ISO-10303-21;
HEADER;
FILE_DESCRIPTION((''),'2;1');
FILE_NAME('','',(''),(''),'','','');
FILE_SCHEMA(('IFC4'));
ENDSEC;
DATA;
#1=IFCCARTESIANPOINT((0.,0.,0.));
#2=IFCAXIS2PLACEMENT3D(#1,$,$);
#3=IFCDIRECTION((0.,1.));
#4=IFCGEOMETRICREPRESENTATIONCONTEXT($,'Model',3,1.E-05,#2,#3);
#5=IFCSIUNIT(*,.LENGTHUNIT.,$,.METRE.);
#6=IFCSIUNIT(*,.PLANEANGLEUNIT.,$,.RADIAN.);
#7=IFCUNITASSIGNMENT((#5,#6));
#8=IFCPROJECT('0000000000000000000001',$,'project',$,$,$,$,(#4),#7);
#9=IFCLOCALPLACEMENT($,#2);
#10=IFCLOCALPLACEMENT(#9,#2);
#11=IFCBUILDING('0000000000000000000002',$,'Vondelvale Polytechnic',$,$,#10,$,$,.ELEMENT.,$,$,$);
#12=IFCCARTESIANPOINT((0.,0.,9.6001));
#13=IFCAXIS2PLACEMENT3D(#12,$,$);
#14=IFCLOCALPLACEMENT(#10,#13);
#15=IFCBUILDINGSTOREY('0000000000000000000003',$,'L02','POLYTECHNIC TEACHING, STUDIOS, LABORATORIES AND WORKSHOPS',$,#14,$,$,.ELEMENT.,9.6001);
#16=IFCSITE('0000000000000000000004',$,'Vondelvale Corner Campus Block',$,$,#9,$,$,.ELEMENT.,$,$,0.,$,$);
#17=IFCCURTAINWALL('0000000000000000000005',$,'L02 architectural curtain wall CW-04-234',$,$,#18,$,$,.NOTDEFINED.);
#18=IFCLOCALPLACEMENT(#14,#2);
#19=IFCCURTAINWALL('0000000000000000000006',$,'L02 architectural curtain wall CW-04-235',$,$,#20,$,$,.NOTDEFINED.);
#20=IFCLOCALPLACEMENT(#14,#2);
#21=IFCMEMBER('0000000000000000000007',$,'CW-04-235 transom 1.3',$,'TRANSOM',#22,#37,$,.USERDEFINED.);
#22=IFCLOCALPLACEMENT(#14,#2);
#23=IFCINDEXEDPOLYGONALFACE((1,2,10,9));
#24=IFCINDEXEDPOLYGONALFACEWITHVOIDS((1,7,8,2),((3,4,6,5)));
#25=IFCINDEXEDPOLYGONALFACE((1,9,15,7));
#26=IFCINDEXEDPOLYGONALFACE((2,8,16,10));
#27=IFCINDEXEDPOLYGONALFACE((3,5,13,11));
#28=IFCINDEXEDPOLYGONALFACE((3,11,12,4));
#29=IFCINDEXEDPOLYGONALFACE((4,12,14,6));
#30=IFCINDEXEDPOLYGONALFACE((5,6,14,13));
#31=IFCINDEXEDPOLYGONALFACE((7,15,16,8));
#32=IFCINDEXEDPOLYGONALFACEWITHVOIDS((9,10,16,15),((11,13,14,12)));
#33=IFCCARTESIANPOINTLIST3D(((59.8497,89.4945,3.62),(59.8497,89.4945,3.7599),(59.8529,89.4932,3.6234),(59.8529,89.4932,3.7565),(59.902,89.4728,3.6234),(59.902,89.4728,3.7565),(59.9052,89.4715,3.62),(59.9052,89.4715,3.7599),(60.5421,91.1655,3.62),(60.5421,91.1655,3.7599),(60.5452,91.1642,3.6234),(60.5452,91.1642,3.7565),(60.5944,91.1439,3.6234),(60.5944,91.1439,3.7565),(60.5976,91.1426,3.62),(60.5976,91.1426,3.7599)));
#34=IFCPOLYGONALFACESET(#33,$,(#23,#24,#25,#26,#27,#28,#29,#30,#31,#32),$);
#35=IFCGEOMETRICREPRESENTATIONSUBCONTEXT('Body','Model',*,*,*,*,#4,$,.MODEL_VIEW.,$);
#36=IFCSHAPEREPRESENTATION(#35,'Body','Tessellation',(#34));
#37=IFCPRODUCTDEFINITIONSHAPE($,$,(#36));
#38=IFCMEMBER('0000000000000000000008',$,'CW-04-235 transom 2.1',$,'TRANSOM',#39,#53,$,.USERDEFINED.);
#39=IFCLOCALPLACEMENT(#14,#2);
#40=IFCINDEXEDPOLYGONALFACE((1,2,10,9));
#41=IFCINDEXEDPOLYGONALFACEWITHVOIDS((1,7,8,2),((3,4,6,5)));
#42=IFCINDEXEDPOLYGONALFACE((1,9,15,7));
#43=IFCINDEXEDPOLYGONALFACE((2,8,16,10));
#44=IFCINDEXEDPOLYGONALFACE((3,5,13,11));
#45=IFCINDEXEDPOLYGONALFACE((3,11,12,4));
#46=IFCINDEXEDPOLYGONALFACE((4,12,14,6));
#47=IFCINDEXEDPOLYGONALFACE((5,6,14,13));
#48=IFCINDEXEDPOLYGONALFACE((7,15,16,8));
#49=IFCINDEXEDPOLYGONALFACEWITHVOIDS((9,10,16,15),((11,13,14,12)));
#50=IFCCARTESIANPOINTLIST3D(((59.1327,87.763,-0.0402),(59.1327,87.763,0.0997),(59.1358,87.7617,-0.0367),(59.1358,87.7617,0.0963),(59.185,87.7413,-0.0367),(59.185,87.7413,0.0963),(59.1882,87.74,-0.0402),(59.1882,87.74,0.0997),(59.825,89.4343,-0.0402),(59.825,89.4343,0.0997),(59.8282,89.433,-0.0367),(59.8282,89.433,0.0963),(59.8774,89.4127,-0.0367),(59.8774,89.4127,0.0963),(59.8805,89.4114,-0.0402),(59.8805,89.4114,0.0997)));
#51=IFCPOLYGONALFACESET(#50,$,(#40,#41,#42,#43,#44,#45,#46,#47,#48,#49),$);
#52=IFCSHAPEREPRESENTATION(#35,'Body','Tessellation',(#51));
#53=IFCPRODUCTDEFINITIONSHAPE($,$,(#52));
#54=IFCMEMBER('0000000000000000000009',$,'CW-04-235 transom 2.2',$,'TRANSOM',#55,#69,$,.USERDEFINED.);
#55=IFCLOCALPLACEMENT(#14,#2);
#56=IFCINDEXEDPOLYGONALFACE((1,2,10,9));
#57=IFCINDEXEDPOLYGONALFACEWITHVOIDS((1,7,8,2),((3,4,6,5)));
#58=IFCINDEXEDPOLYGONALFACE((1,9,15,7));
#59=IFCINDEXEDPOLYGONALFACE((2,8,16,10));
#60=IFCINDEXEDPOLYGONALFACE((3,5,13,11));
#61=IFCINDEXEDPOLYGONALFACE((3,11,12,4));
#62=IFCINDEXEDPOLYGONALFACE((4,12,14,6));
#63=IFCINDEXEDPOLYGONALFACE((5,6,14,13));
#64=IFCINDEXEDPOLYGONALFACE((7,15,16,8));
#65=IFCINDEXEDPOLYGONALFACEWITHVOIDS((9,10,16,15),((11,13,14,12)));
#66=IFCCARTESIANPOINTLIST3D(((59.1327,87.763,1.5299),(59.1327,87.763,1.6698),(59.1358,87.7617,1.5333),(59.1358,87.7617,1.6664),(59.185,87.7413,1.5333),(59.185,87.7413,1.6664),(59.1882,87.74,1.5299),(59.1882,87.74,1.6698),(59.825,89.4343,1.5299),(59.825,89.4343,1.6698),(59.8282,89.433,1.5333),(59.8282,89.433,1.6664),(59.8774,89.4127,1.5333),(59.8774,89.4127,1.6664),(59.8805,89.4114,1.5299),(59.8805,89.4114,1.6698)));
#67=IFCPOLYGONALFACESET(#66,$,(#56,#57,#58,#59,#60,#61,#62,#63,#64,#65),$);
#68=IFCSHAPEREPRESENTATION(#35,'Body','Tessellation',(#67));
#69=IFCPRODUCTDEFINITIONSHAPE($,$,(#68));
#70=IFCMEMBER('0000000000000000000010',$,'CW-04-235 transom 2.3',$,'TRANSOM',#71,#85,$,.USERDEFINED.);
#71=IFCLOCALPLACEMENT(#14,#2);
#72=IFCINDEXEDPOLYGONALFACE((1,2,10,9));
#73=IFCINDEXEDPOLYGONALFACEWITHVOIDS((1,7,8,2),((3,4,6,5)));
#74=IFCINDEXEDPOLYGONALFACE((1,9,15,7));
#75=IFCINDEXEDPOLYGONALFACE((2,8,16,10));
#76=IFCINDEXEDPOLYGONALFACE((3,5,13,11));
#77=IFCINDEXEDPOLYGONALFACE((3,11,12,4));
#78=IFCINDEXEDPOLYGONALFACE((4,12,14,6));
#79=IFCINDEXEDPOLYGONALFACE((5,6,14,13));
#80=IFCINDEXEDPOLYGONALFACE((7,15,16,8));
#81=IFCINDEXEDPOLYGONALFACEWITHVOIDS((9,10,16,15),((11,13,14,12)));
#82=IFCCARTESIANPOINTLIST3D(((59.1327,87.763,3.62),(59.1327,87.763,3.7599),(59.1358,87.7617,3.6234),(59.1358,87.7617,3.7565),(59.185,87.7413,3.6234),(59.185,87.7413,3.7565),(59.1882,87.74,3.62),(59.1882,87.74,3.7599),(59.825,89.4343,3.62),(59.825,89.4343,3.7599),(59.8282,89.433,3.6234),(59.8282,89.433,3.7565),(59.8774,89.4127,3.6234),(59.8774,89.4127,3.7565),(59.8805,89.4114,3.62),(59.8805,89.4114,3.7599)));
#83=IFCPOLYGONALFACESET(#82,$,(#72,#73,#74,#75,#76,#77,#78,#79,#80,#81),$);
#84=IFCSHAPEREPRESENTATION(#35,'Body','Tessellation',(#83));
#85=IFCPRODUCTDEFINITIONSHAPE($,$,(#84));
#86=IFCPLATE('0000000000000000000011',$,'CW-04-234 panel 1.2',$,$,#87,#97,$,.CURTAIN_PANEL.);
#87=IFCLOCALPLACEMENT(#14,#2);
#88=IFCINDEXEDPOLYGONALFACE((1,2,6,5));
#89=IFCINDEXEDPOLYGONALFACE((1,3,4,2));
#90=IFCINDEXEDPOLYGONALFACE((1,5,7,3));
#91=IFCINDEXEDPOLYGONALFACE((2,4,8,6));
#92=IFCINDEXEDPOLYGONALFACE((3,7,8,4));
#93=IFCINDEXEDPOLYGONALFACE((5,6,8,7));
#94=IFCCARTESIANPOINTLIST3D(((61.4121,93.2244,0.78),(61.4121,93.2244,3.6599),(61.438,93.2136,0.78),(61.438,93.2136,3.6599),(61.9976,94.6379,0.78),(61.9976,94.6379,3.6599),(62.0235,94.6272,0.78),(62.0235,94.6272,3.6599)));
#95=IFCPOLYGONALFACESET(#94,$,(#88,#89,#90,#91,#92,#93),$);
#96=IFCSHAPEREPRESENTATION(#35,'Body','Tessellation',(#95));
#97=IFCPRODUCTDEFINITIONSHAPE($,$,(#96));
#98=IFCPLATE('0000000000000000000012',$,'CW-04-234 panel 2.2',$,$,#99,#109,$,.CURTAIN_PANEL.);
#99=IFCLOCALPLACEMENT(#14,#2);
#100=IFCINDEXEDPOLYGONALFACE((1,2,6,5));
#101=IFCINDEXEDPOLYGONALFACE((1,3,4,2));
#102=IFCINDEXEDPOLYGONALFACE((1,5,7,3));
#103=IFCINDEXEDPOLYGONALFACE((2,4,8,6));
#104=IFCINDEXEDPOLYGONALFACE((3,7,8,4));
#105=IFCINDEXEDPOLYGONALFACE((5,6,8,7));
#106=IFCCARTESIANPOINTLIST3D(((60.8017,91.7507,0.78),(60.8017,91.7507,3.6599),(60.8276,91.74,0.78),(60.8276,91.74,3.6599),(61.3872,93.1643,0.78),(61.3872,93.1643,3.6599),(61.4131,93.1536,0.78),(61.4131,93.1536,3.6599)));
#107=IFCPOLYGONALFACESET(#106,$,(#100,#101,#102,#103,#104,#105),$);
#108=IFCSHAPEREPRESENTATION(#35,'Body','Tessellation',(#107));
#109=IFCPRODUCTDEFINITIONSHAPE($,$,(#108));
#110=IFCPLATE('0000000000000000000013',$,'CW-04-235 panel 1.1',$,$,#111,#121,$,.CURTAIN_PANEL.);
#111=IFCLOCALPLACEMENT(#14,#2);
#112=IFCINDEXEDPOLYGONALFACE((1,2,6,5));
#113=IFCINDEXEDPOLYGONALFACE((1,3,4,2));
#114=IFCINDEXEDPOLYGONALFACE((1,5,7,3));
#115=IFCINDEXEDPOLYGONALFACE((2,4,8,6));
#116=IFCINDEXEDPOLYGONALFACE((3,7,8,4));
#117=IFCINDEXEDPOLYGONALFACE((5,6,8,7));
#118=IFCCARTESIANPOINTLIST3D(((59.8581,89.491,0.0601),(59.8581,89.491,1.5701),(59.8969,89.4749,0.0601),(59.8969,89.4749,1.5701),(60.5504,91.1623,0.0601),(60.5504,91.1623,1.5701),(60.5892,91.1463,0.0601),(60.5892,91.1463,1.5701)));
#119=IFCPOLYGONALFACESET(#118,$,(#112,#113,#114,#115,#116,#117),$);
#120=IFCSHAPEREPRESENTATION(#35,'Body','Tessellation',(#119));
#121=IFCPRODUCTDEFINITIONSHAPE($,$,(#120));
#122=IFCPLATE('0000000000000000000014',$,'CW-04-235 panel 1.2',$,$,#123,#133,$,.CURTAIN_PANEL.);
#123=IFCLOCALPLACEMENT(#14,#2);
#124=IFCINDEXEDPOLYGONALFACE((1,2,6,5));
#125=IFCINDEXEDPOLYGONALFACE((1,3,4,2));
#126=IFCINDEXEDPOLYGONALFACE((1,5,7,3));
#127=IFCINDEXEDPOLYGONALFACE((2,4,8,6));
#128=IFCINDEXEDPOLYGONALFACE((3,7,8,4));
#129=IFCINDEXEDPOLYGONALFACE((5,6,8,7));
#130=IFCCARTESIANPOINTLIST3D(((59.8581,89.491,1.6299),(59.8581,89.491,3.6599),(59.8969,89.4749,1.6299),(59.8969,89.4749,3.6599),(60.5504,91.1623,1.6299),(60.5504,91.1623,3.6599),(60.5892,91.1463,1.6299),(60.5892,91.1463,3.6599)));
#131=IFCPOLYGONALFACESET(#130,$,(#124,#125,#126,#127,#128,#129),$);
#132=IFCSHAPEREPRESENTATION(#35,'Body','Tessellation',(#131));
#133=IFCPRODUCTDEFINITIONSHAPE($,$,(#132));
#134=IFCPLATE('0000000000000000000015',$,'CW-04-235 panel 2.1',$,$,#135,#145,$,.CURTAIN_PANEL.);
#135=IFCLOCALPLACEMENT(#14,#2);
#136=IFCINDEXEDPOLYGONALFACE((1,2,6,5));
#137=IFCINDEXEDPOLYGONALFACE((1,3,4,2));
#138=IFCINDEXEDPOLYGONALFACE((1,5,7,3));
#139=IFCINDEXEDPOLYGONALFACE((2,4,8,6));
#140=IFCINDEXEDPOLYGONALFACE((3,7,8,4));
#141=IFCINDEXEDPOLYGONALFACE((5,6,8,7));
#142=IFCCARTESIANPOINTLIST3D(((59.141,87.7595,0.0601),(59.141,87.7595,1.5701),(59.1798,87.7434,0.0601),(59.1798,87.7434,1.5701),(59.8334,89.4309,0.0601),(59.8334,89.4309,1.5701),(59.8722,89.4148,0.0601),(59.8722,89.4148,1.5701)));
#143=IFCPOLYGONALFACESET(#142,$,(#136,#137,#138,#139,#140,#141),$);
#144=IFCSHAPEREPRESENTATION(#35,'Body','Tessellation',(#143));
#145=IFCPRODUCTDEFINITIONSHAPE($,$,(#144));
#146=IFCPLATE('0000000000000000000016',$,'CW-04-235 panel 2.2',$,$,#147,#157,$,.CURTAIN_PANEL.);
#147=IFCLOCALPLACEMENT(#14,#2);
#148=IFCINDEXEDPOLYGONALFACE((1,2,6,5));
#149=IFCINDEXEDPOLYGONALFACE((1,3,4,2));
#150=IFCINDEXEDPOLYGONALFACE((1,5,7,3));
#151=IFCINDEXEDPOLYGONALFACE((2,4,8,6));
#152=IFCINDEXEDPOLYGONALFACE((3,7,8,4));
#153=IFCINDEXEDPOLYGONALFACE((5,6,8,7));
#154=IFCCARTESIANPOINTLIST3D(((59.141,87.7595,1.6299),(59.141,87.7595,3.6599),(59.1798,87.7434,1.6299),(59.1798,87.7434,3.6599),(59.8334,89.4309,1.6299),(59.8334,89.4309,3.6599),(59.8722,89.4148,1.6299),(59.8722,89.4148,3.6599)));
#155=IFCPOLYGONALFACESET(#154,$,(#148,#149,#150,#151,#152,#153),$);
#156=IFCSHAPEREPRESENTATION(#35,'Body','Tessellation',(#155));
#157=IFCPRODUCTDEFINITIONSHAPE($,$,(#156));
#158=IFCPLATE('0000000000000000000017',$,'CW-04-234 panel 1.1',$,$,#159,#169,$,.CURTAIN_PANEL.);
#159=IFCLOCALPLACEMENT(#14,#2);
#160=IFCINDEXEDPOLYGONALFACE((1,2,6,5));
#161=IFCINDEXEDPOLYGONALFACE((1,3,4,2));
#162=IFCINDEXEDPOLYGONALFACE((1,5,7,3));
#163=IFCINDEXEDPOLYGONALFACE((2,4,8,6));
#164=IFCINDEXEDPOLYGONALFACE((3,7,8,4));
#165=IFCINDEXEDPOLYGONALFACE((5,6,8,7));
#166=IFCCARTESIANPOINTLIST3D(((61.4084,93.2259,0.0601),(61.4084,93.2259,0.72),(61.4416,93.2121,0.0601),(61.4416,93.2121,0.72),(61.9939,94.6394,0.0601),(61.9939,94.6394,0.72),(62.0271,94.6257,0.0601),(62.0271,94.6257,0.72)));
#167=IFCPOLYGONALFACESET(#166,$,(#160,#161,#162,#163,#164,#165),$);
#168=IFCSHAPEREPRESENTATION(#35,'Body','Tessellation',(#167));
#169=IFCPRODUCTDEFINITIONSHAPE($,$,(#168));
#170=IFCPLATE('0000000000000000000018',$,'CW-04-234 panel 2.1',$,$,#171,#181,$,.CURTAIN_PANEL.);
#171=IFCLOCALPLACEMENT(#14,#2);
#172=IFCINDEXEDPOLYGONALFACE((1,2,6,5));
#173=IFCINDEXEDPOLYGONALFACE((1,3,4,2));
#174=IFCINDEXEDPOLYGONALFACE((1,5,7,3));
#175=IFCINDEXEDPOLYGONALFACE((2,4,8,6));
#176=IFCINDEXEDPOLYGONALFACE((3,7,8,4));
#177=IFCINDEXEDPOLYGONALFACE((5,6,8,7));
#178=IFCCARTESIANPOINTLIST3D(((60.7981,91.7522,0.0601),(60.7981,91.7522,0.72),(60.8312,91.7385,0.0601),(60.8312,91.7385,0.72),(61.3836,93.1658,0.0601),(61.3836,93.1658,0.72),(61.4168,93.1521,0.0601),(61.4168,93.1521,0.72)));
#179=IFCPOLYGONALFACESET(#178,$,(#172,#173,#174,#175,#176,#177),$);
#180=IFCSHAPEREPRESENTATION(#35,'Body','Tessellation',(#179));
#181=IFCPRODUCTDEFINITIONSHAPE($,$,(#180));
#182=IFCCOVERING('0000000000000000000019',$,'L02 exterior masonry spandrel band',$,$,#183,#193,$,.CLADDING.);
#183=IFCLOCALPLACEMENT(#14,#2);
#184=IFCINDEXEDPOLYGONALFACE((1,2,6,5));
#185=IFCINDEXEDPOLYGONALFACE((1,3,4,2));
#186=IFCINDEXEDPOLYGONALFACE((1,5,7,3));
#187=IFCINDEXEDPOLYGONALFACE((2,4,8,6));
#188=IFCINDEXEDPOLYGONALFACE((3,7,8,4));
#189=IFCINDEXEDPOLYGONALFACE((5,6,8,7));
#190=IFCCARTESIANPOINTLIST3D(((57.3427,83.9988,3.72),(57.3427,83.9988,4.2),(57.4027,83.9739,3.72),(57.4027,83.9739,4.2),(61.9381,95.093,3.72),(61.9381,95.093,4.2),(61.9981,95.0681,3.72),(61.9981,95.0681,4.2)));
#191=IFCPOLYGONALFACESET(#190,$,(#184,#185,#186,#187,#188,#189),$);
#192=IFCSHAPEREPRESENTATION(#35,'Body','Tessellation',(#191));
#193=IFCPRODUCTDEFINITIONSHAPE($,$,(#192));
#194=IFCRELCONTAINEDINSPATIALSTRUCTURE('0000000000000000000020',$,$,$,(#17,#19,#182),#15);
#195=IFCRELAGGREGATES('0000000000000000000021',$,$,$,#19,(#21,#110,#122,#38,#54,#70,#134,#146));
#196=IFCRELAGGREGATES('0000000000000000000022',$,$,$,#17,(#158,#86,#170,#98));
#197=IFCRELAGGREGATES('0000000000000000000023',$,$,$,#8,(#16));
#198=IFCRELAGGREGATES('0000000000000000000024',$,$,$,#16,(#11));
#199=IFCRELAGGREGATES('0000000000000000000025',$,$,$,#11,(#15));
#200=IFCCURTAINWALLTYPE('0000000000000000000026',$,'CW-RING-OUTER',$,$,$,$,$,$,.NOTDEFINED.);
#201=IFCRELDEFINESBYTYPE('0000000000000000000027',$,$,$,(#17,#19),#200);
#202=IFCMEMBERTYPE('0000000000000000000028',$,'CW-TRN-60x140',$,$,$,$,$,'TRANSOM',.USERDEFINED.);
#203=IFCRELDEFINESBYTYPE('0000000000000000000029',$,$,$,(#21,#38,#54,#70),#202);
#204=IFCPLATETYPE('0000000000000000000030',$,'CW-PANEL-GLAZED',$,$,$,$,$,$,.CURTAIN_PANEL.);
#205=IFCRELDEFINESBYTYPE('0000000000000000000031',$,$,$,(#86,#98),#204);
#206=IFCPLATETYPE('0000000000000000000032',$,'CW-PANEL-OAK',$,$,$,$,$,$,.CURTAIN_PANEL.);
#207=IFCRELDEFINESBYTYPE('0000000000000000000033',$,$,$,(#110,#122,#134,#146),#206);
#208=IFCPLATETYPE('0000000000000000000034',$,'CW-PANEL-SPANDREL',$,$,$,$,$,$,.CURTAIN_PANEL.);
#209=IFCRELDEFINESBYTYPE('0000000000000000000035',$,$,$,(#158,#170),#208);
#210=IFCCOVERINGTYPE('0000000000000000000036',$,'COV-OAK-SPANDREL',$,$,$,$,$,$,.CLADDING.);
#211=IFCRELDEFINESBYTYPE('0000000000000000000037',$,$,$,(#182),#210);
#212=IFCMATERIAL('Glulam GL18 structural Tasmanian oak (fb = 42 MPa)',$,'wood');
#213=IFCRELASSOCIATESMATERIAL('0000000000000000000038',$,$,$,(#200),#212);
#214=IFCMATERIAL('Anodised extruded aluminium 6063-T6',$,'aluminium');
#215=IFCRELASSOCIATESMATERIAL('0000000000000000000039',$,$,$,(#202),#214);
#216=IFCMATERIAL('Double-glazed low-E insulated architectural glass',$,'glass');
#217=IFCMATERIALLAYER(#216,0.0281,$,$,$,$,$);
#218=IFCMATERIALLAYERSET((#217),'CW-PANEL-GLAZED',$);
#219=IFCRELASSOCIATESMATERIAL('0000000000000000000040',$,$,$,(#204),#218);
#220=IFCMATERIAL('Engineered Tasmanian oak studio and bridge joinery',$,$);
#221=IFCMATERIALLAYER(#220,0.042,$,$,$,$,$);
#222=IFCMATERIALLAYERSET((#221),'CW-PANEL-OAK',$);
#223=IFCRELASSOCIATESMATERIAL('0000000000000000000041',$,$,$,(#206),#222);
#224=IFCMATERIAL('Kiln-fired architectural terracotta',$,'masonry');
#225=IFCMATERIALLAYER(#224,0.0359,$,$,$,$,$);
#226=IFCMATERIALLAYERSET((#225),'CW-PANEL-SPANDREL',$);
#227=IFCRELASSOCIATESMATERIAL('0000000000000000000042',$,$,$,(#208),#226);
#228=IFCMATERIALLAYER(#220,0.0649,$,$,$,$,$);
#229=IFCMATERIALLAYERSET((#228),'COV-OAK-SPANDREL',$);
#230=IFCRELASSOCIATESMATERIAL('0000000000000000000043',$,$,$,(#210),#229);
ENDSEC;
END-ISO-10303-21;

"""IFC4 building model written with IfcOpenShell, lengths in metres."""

from ifc_helpers import new_model, si_unit, direction, frame, origin, origin_2d, place, context, subcontext, project, spatial, rectangle, hollow_rectangle, extrude, material, layer, layer_set, material_profile, profile_set, type_object, element, aggregate, save


model = new_model("IFC4")

# Units and contexts
model_context = context("Model", 3, precision=1e-05, world=origin(), true_north=direction((0.0, 1.0)))
body_context = subcontext(model_context, "Body", "Model", "MODEL_VIEW")
ifc_project = project(units=[si_unit("LENGTHUNIT", "METRE"), si_unit("PLANEANGLEUNIT", "RADIAN")], contexts=[model_context])

# Site, building, storey
site_placement = place(None, origin())
site = spatial("IfcSite", under=ifc_project, at=site_placement, Name="Vondelvale Corner Campus Block", CompositionType="ELEMENT", RefElevation=0.0)
building_placement = place(site_placement, origin())
building = spatial("IfcBuilding", under=site, at=building_placement, Name="Vondelvale Polytechnic", CompositionType="ELEMENT")
storey_placement = place(building_placement, frame((0.0, 0.0, 9.6001)))
storey = spatial("IfcBuildingStorey", under=building, at=storey_placement, Name="L02", Description="POLYTECHNIC TEACHING, STUDIOS, LABORATORIES AND WORKSHOPS", CompositionType="ELEMENT", Elevation=9.6001)

# Shared definitions
ifc_material_1 = material(Name="Glulam GL18 structural Tasmanian oak (fb = 42 MPa)", Category="wood")

# Curtain walls
curtain_wall_type = type_object("IfcCurtainWallType", Name="CW-RING-OUTER", PredefinedType="NOTDEFINED", material=ifc_material_1)
curtain_wall_1_placement = place(storey_placement, origin())
curtain_wall_1 = element("IfcCurtainWall", 1, at=curtain_wall_1_placement, inside=storey, type_object=curtain_wall_type, Name="L02 architectural curtain wall CW-04-234", PredefinedType="NOTDEFINED")
ifc_material_2 = material(Name="Anodised extruded aluminium 6063-T6", Category="aluminium")
curtain_wall_2_placement = place(storey_placement, origin())
curtain_wall_2 = element("IfcCurtainWall", 2, at=curtain_wall_2_placement, inside=storey, type_object=curtain_wall_type, Name="L02 architectural curtain wall CW-04-235", PredefinedType="NOTDEFINED")

# Members
ifc_material_profile_1 = material_profile(ifc_material_2, hollow_rectangle(XDim=0.0601, YDim=0.1399, WallThickness=0.0034, at=origin_2d()), Name="CW-TRN-140x60")
ifc_profile_set_1 = profile_set([ifc_material_profile_1], Name="Anodised extruded aluminium 6063-T6")
member_type_1 = type_object("IfcMemberType", Name="CW-TRN-60x140", ElementType="TRANSOM", PredefinedType="USERDEFINED", material=ifc_profile_set_1)
member_1_placement = place(storey_placement, frame((60.5698, 91.1541, 3.6899), z_axis=(-0.382765, -0.923846, 0.0), x_axis=(0.923846, -0.382765, 0.0)))
member_1 = element("IfcMember", 3, at=member_1_placement, type_object=member_type_1, Name="CW-04-235 transom 1.3", ObjectType="TRANSOM", PredefinedType="USERDEFINED", context=body_context, shape_type="SweptSolid", body=[
    extrude(hollow_rectangle(XDim=0.0601, YDim=0.1399, WallThickness=0.0034, at=origin_2d()), origin(), (0.0, 0.0, 1.0), 1.8088),
])
member_2_placement = place(storey_placement, frame((59.8528, 89.4229, 0.0298), z_axis=(-0.382717, -0.923866, 0.0), x_axis=(0.923866, -0.382717, 0.0)))
member_2 = element("IfcMember", 4, at=member_2_placement, type_object=member_type_1, Name="CW-04-235 transom 2.1", ObjectType="TRANSOM", PredefinedType="USERDEFINED", context=body_context, shape_type="SweptSolid", body=[
    extrude(hollow_rectangle(XDim=0.0601, YDim=0.1399, WallThickness=0.0034, at=origin_2d()), origin(), (0.0, 0.0, 1.0), 1.8091),
])
member_3_placement = place(storey_placement, frame((59.8528, 89.4229, 1.5999), z_axis=(-0.382717, -0.923866, 0.0), x_axis=(0.923866, -0.382717, 0.0)))
member_3 = element("IfcMember", 5, at=member_3_placement, type_object=member_type_1, Name="CW-04-235 transom 2.2", ObjectType="TRANSOM", PredefinedType="USERDEFINED", context=body_context, shape_type="SweptSolid", body=[
    extrude(hollow_rectangle(XDim=0.0601, YDim=0.1399, WallThickness=0.0034, at=origin_2d()), origin(), (0.0, 0.0, 1.0), 1.8091),
])
member_4_placement = place(storey_placement, frame((59.8528, 89.4229, 3.6899), z_axis=(-0.382717, -0.923866, 0.0), x_axis=(0.923866, -0.382717, 0.0)))
member_4 = element("IfcMember", 6, at=member_4_placement, type_object=member_type_1, Name="CW-04-235 transom 2.3", ObjectType="TRANSOM", PredefinedType="USERDEFINED", context=body_context, shape_type="SweptSolid", body=[
    extrude(hollow_rectangle(XDim=0.0601, YDim=0.1399, WallThickness=0.0034, at=origin_2d()), origin(), (0.0, 0.0, 1.0), 1.8091),
])

# Plates
ifc_material_3 = material(Name="Double-glazed low-E insulated architectural glass", Category="glass")
ifc_layer_1 = layer(ifc_material_3, 0.0281)
ifc_layer_set_1 = layer_set([ifc_layer_1], Name="CW-PANEL-GLAZED")
plate_type_1 = type_object("IfcPlateType", Name="CW-PANEL-GLAZED", PredefinedType="CURTAIN_PANEL", material=ifc_layer_set_1)
plate_1_placement = place(storey_placement, frame((61.7178, 93.9258, 0.78), z_axis=(0.0, 0.0, 1.0), x_axis=(-0.382677, -0.923882, 0.0)))
plate_1 = element("IfcPlate", 7, at=plate_1_placement, type_object=plate_type_1, Name="CW-04-234 panel 1.2", PredefinedType="CURTAIN_PANEL", context=body_context, shape_type="SweptSolid", body=[
    extrude(rectangle(XDim=1.53, YDim=0.0281, at=origin_2d()), origin(), (0.0, 0.0, 1.0), 2.8799),
])
plate_2_placement = place(storey_placement, frame((61.1074, 92.4521, 0.78), z_axis=(0.0, 0.0, 1.0), x_axis=(-0.382677, -0.923882, 0.0)))
plate_2 = element("IfcPlate", 8, at=plate_2_placement, type_object=plate_type_1, Name="CW-04-234 panel 2.2", PredefinedType="CURTAIN_PANEL", context=body_context, shape_type="SweptSolid", body=[
    extrude(rectangle(XDim=1.53, YDim=0.0281, at=origin_2d()), origin(), (0.0, 0.0, 1.0), 2.8799),
])
ifc_material_4 = material(Name="Engineered Tasmanian oak studio and bridge joinery")
ifc_layer_2 = layer(ifc_material_4, 0.042)
ifc_layer_set_2 = layer_set([ifc_layer_2], Name="CW-PANEL-OAK")
plate_type_2 = type_object("IfcPlateType", Name="CW-PANEL-OAK", PredefinedType="CURTAIN_PANEL", material=ifc_layer_set_2)
plate_3_placement = place(storey_placement, frame((60.2236, 90.3186, 0.0601), z_axis=(0.0, 0.0, 1.0), x_axis=(-0.382695, -0.923875, 0.0)))
plate_3 = element("IfcPlate", 9, at=plate_3_placement, type_object=plate_type_2, Name="CW-04-235 panel 1.1", PredefinedType="CURTAIN_PANEL", context=body_context, shape_type="SweptSolid", body=[
    extrude(rectangle(XDim=1.8091, YDim=0.042, at=origin_2d()), origin(), (0.0, 0.0, 1.0), 1.51),
])
plate_4_placement = place(storey_placement, frame((60.2236, 90.3186, 1.6299), z_axis=(0.0, 0.0, 1.0), x_axis=(-0.382695, -0.923875, 0.0)))
plate_4 = element("IfcPlate", 10, at=plate_4_placement, type_object=plate_type_2, Name="CW-04-235 panel 1.2", PredefinedType="CURTAIN_PANEL", context=body_context, shape_type="SweptSolid", body=[
    extrude(rectangle(XDim=1.8091, YDim=0.042, at=origin_2d()), origin(), (0.0, 0.0, 1.0), 2.03),
])
plate_5_placement = place(storey_placement, frame((59.5066, 88.5872, 0.0601), z_axis=(0.0, 0.0, 1.0), x_axis=(-0.382695, -0.923875, 0.0)))
plate_5 = element("IfcPlate", 11, at=plate_5_placement, type_object=plate_type_2, Name="CW-04-235 panel 2.1", PredefinedType="CURTAIN_PANEL", context=body_context, shape_type="SweptSolid", body=[
    extrude(rectangle(XDim=1.8091, YDim=0.042, at=origin_2d()), origin(), (0.0, 0.0, 1.0), 1.51),
])
plate_6_placement = place(storey_placement, frame((59.5066, 88.5872, 1.6299), z_axis=(0.0, 0.0, 1.0), x_axis=(-0.382695, -0.923875, 0.0)))
plate_6 = element("IfcPlate", 12, at=plate_6_placement, type_object=plate_type_2, Name="CW-04-235 panel 2.2", PredefinedType="CURTAIN_PANEL", context=body_context, shape_type="SweptSolid", body=[
    extrude(rectangle(XDim=1.8091, YDim=0.042, at=origin_2d()), origin(), (0.0, 0.0, 1.0), 2.03),
])
aggregate(curtain_wall_2, [member_1, plate_3, plate_4, member_2, member_3, member_4, plate_5, plate_6])
ifc_material_5 = material(Name="Kiln-fired architectural terracotta", Category="masonry")
ifc_layer_3 = layer(ifc_material_5, 0.0359)
ifc_layer_set_3 = layer_set([ifc_layer_3], Name="CW-PANEL-SPANDREL")
plate_type_3 = type_object("IfcPlateType", Name="CW-PANEL-SPANDREL", PredefinedType="CURTAIN_PANEL", material=ifc_layer_set_3)
plate_7_placement = place(storey_placement, frame((61.7178, 93.9258, 0.0601), z_axis=(0.0, 0.0, 1.0), x_axis=(-0.382677, -0.923882, 0.0)))
plate_7 = element("IfcPlate", 13, at=plate_7_placement, type_object=plate_type_3, Name="CW-04-234 panel 1.1", PredefinedType="CURTAIN_PANEL", context=body_context, shape_type="SweptSolid", body=[
    extrude(rectangle(XDim=1.53, YDim=0.0359, at=origin_2d()), origin(), (0.0, 0.0, 1.0), 0.6599),
])
plate_8_placement = place(storey_placement, frame((61.1074, 92.4521, 0.0601), z_axis=(0.0, 0.0, 1.0), x_axis=(-0.382677, -0.923882, 0.0)))
plate_8 = element("IfcPlate", 14, at=plate_8_placement, type_object=plate_type_3, Name="CW-04-234 panel 2.1", PredefinedType="CURTAIN_PANEL", context=body_context, shape_type="SweptSolid", body=[
    extrude(rectangle(XDim=1.53, YDim=0.0359, at=origin_2d()), origin(), (0.0, 0.0, 1.0), 0.6599),
])
aggregate(curtain_wall_1, [plate_7, plate_1, plate_8, plate_2])

# Covering
ifc_layer_4 = layer(ifc_material_4, 0.0649)
ifc_layer_set_4 = layer_set([ifc_layer_4], Name="COV-OAK-SPANDREL")
covering_type = type_object("IfcCoveringType", Name="COV-OAK-SPANDREL", PredefinedType="CLADDING", material=ifc_layer_set_4)
covering_placement = place(storey_placement, frame((59.6704, 89.5334, 3.72), z_axis=(0.0, 0.0, 1.0), x_axis=(-0.382683, -0.92388, 0.0)))
element("IfcCovering", 15, at=covering_placement, inside=storey, type_object=covering_type, Name="L02 exterior masonry spandrel band", PredefinedType="CLADDING", context=body_context, shape_type="SweptSolid", body=[
    extrude(rectangle(XDim=12.0083, YDim=0.0649, at=origin_2d()), origin(), (0.0, 0.0, 1.0), 0.48),
])

save(model, "model.ifc")
